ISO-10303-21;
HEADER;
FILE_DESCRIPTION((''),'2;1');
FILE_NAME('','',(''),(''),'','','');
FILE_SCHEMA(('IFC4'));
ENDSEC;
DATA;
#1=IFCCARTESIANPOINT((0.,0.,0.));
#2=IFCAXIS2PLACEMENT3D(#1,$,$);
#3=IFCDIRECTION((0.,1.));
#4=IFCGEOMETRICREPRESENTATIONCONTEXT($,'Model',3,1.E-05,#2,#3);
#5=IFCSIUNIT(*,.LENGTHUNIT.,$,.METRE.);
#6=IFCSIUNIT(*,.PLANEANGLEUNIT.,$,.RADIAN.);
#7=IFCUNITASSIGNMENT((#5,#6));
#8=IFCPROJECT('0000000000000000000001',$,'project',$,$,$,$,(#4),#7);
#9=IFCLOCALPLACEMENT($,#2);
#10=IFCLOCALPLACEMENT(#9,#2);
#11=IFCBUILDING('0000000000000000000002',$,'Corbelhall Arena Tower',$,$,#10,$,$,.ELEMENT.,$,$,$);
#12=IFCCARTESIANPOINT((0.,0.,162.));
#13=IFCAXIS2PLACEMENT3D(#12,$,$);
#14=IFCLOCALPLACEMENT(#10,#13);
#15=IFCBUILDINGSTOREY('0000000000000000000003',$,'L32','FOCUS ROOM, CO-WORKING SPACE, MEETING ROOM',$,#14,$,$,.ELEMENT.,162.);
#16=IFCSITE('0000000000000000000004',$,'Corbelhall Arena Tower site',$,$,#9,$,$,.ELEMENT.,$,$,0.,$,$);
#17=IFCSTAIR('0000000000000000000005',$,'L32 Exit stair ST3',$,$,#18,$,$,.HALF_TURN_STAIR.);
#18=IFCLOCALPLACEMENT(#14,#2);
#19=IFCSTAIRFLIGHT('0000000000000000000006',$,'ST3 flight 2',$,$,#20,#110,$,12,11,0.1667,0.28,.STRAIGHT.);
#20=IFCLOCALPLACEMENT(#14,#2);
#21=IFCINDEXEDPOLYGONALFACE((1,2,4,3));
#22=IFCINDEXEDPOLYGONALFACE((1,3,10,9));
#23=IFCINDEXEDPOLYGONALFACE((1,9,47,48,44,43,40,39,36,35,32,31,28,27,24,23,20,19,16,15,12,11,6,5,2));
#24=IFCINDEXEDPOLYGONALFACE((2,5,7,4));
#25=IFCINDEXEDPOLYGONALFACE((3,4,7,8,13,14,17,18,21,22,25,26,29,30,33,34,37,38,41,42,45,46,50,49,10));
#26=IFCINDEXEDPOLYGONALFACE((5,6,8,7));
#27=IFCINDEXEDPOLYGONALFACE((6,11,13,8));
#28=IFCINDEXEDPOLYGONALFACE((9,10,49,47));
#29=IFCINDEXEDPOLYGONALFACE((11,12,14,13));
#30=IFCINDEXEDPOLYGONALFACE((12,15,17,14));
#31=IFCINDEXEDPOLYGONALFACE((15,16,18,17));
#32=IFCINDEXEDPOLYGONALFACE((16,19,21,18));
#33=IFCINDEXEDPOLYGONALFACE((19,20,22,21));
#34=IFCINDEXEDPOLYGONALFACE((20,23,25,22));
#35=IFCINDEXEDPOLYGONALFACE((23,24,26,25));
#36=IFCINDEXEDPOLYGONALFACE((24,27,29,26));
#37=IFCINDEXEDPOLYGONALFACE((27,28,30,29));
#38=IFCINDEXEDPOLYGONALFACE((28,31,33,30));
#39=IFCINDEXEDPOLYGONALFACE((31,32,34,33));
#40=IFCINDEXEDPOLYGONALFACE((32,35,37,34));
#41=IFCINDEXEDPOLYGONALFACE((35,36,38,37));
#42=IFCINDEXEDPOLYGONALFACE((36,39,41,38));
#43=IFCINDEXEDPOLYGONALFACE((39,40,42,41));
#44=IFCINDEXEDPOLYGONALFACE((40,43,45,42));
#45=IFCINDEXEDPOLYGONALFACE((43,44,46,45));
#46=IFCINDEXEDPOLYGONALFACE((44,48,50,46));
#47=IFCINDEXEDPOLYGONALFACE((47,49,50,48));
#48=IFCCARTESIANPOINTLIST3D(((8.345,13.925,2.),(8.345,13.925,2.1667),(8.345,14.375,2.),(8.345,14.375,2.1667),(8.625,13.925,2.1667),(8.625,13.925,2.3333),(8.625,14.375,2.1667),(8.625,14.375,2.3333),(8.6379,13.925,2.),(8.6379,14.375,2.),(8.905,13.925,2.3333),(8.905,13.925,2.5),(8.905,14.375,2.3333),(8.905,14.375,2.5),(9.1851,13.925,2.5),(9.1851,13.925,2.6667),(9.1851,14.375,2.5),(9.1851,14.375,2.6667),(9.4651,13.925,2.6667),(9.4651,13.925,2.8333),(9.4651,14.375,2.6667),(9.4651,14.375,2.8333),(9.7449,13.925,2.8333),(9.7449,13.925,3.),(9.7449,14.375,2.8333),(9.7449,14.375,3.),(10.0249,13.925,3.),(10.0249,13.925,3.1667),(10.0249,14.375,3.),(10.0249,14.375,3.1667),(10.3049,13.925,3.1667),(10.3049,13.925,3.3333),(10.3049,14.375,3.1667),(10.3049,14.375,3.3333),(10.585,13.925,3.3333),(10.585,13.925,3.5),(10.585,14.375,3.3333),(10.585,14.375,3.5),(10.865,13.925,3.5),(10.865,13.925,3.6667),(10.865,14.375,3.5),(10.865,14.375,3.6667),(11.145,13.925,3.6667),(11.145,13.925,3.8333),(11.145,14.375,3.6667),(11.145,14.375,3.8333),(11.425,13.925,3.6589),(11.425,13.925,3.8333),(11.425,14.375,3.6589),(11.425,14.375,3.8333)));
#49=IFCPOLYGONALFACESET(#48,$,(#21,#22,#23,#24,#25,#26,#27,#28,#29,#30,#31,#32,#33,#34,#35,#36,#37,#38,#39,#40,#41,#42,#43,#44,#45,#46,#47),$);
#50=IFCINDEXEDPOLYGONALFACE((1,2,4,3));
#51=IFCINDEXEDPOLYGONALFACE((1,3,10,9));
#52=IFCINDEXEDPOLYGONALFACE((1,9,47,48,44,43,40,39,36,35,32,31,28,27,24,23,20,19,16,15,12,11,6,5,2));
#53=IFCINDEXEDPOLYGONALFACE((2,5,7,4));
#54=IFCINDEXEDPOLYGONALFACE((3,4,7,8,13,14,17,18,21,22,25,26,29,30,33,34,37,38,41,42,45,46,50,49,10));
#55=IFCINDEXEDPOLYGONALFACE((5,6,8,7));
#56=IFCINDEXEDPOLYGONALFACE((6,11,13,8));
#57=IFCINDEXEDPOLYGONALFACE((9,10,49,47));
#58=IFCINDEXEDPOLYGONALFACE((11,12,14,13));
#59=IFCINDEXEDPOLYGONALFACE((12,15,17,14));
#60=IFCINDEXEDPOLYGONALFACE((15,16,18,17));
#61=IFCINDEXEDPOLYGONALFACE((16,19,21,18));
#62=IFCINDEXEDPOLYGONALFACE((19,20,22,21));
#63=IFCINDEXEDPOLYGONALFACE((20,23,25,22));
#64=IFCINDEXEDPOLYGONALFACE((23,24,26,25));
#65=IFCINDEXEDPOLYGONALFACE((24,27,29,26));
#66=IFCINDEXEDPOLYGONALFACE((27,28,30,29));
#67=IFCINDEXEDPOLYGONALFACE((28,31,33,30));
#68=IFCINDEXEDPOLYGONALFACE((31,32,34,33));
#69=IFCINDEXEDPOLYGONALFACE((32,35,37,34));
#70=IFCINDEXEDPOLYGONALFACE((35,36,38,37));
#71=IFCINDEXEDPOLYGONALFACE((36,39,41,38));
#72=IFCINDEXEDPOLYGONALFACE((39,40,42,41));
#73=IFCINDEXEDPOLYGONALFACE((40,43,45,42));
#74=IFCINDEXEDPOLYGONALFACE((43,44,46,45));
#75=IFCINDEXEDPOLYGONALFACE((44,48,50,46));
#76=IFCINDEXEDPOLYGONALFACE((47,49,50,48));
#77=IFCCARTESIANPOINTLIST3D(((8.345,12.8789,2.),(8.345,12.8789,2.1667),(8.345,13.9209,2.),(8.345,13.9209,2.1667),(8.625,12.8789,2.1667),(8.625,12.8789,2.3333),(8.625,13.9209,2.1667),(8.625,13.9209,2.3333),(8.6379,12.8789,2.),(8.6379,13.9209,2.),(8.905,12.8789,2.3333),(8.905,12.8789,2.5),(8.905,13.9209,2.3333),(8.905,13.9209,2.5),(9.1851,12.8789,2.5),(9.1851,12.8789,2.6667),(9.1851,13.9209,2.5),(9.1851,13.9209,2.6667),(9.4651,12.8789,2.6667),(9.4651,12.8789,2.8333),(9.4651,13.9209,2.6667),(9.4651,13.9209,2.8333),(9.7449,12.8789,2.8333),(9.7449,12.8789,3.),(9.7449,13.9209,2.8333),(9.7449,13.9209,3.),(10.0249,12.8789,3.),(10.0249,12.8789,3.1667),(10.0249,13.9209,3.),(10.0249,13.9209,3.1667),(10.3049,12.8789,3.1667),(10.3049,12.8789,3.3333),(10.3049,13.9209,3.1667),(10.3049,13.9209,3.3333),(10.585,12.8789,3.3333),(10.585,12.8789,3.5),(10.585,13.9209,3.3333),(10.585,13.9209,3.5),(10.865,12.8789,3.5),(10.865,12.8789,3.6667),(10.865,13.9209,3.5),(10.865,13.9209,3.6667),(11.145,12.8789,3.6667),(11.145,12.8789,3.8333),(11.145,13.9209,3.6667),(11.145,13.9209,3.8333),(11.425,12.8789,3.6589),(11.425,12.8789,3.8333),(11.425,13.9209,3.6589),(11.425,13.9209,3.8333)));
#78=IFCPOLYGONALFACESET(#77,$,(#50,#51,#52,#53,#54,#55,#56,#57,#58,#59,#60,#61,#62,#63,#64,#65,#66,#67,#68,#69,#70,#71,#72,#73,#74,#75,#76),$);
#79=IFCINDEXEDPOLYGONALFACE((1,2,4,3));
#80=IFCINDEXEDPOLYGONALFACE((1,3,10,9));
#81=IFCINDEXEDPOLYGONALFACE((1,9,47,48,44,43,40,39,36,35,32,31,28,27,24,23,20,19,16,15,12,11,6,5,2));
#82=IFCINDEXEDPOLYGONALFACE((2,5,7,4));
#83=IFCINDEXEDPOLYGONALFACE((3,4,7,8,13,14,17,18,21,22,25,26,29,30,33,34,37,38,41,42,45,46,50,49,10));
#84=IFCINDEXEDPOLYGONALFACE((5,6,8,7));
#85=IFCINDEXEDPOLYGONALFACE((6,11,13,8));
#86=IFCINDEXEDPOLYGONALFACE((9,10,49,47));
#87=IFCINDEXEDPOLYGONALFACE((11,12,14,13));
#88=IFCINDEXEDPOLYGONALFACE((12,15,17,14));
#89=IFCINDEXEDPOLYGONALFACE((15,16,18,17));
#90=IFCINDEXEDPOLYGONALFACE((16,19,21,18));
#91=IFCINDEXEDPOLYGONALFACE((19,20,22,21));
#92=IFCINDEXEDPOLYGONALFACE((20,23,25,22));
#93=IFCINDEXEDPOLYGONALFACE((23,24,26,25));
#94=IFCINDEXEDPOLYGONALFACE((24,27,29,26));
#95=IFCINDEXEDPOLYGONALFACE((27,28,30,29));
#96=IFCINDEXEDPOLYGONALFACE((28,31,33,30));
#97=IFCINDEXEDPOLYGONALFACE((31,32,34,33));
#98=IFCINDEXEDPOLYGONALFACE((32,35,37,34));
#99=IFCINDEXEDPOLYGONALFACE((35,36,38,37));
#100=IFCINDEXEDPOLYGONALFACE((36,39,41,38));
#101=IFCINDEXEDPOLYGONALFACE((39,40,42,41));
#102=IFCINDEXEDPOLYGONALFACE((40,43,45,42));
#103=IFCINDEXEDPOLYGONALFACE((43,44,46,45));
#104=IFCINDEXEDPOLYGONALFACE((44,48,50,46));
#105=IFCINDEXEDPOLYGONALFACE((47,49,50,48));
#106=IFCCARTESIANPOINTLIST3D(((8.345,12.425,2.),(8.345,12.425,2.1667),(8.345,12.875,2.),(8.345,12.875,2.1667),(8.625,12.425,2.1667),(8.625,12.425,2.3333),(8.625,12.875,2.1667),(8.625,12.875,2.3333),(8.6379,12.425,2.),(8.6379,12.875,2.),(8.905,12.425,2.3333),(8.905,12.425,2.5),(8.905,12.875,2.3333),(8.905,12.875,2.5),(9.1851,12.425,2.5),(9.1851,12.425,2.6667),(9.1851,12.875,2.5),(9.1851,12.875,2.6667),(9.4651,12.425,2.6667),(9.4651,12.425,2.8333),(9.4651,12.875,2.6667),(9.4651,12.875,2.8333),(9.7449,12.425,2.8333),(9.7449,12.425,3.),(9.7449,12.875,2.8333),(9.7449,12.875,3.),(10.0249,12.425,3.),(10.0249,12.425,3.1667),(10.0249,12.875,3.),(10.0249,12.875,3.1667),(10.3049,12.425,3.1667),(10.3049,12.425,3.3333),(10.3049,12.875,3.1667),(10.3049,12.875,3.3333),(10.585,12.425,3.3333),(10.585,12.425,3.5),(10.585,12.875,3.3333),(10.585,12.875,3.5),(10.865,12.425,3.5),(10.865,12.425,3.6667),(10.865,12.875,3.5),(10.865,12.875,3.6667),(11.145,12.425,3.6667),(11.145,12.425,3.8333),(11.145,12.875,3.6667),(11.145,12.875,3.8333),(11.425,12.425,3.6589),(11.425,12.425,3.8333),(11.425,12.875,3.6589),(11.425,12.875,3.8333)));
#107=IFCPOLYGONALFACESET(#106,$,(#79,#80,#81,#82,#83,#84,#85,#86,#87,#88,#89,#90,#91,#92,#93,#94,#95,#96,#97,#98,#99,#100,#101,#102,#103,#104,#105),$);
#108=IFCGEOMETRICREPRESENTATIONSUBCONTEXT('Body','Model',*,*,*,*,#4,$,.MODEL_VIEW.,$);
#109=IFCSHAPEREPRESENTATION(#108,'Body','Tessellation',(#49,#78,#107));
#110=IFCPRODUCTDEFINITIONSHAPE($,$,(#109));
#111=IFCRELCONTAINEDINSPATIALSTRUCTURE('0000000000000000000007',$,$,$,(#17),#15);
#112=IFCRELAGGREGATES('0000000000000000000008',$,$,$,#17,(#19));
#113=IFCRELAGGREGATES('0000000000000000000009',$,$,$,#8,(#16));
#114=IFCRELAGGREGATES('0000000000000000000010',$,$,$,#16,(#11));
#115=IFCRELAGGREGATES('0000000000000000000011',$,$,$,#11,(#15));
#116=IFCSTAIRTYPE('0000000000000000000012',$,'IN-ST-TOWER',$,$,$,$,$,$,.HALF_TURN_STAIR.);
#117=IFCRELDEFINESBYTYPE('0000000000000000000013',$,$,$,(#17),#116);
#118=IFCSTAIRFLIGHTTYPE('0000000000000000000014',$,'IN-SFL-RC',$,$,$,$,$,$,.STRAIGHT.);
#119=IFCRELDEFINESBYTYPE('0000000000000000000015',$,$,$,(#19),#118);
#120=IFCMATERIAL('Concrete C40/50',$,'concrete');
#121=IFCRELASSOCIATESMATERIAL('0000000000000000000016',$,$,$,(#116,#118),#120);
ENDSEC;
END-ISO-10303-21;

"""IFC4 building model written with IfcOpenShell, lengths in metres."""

from ifc_helpers import new_model, si_unit, direction, frame, origin, place, context, subcontext, project, spatial, polyline, outline, extrude, material, type_object, element, aggregate, save


model = new_model("IFC4")

# Units and contexts
model_context = context("Model", 3, precision=1e-05, world=origin(), true_north=direction((0.0, 1.0)))
body_context = subcontext(model_context, "Body", "Model", "MODEL_VIEW")
ifc_project = project(units=[si_unit("LENGTHUNIT", "METRE"), si_unit("PLANEANGLEUNIT", "RADIAN")], contexts=[model_context])

# Site, building, storey
site_placement = place(None, origin())
site = spatial("IfcSite", under=ifc_project, at=site_placement, Name="Corbelhall Arena Tower site", CompositionType="ELEMENT", RefElevation=0.0)
building_placement = place(site_placement, origin())
building = spatial("IfcBuilding", under=site, at=building_placement, Name="Corbelhall Arena Tower", CompositionType="ELEMENT")
storey_placement = place(building_placement, frame((0.0, 0.0, 162.0)))
storey = spatial("IfcBuildingStorey", under=building, at=storey_placement, Name="L32", Description="FOCUS ROOM, CO-WORKING SPACE, MEETING ROOM", CompositionType="ELEMENT", Elevation=162.0)

# Shared definitions
ifc_material_1 = material(Name="Concrete C40/50", Category="concrete")

# Stair, stair flight
stair_type = type_object("IfcStairType", Name="IN-ST-TOWER", PredefinedType="HALF_TURN_STAIR", material=ifc_material_1)
stair_placement = place(storey_placement, origin())
stair = element("IfcStair", 1, at=stair_placement, inside=storey, type_object=stair_type, Name="L32 Exit stair ST3", PredefinedType="HALF_TURN_STAIR")
stair_flight_type = type_object("IfcStairFlightType", Name="IN-SFL-RC", PredefinedType="STRAIGHT", material=ifc_material_1)
stair_flight_1_placement = place(storey_placement, frame((8.345, 13.3999, 2.0), z_axis=(0.0, 0.0, 1.0), x_axis=(1.0, 0.0, 0.0)))
stair_flight_1 = element("IfcStairFlight", 2, at=stair_flight_1_placement, type_object=stair_flight_type, Name="ST3 flight 2", NumberOfRisers=12, NumberOfTreads=11, PredefinedType="STRAIGHT", RiserHeight=0.1667, TreadLength=0.28, context=body_context, shape_type="SweptSolid", body=[
    extrude(outline(polyline([(0.0, 0.0), (0.0, 0.1667), (0.28, 0.1667), (0.28, 0.3333), (0.5601, 0.3333), (0.5601, 0.5), (0.8401, 0.5), (0.8401, 0.6667), (1.1201, 0.6667), (1.1201, 0.8333), (1.3999, 0.8333), (1.3999, 1.0), (1.6799, 1.0), (1.6799, 1.1667), (1.96, 1.1667), (1.96, 1.3333), (2.24, 1.3333), (2.24, 1.5), (2.52, 1.5), (2.52, 1.6667), (2.8, 1.6667), (2.8, 1.8333), (3.0801, 1.8333), (3.0801, 2.0), (3.0801, 1.6589), (0.293, 0.0), (0.0, 0.0)])), frame((0.0, 0.9751, 0.0), z_axis=(0.0, -1.0, 0.0), x_axis=(1.0, 0.0, 0.0)), (0.0, 0.0, 1.0), 0.45),
    extrude(outline(polyline([(0.0, 0.0), (0.0, 0.1667), (0.28, 0.1667), (0.28, 0.3333), (0.5601, 0.3333), (0.5601, 0.5), (0.8401, 0.5), (0.8401, 0.6667), (1.1201, 0.6667), (1.1201, 0.8333), (1.3999, 0.8333), (1.3999, 1.0), (1.6799, 1.0), (1.6799, 1.1667), (1.96, 1.1667), (1.96, 1.3333), (2.24, 1.3333), (2.24, 1.5), (2.52, 1.5), (2.52, 1.6667), (2.8, 1.6667), (2.8, 1.8333), (3.0801, 1.8333), (3.0801, 2.0), (3.0801, 1.6589), (0.293, 0.0), (0.0, 0.0)])), frame((0.0, 0.521, 0.0), z_axis=(0.0, -1.0, 0.0), x_axis=(1.0, 0.0, 0.0)), (0.0, 0.0, 1.0), 1.042),
    extrude(outline(polyline([(0.0, 0.0), (0.0, 0.1667), (0.28, 0.1667), (0.28, 0.3333), (0.5601, 0.3333), (0.5601, 0.5), (0.8401, 0.5), (0.8401, 0.6667), (1.1201, 0.6667), (1.1201, 0.8333), (1.3999, 0.8333), (1.3999, 1.0), (1.6799, 1.0), (1.6799, 1.1667), (1.96, 1.1667), (1.96, 1.3333), (2.24, 1.3333), (2.24, 1.5), (2.52, 1.5), (2.52, 1.6667), (2.8, 1.6667), (2.8, 1.8333), (3.0801, 1.8333), (3.0801, 2.0), (3.0801, 1.6589), (0.293, 0.0), (0.0, 0.0)])), frame((0.0, -0.5249, 0.0), z_axis=(0.0, -1.0, 0.0), x_axis=(1.0, 0.0, 0.0)), (0.0, 0.0, 1.0), 0.45),
])
aggregate(stair, [stair_flight_1])

save(model, "model.ifc")
